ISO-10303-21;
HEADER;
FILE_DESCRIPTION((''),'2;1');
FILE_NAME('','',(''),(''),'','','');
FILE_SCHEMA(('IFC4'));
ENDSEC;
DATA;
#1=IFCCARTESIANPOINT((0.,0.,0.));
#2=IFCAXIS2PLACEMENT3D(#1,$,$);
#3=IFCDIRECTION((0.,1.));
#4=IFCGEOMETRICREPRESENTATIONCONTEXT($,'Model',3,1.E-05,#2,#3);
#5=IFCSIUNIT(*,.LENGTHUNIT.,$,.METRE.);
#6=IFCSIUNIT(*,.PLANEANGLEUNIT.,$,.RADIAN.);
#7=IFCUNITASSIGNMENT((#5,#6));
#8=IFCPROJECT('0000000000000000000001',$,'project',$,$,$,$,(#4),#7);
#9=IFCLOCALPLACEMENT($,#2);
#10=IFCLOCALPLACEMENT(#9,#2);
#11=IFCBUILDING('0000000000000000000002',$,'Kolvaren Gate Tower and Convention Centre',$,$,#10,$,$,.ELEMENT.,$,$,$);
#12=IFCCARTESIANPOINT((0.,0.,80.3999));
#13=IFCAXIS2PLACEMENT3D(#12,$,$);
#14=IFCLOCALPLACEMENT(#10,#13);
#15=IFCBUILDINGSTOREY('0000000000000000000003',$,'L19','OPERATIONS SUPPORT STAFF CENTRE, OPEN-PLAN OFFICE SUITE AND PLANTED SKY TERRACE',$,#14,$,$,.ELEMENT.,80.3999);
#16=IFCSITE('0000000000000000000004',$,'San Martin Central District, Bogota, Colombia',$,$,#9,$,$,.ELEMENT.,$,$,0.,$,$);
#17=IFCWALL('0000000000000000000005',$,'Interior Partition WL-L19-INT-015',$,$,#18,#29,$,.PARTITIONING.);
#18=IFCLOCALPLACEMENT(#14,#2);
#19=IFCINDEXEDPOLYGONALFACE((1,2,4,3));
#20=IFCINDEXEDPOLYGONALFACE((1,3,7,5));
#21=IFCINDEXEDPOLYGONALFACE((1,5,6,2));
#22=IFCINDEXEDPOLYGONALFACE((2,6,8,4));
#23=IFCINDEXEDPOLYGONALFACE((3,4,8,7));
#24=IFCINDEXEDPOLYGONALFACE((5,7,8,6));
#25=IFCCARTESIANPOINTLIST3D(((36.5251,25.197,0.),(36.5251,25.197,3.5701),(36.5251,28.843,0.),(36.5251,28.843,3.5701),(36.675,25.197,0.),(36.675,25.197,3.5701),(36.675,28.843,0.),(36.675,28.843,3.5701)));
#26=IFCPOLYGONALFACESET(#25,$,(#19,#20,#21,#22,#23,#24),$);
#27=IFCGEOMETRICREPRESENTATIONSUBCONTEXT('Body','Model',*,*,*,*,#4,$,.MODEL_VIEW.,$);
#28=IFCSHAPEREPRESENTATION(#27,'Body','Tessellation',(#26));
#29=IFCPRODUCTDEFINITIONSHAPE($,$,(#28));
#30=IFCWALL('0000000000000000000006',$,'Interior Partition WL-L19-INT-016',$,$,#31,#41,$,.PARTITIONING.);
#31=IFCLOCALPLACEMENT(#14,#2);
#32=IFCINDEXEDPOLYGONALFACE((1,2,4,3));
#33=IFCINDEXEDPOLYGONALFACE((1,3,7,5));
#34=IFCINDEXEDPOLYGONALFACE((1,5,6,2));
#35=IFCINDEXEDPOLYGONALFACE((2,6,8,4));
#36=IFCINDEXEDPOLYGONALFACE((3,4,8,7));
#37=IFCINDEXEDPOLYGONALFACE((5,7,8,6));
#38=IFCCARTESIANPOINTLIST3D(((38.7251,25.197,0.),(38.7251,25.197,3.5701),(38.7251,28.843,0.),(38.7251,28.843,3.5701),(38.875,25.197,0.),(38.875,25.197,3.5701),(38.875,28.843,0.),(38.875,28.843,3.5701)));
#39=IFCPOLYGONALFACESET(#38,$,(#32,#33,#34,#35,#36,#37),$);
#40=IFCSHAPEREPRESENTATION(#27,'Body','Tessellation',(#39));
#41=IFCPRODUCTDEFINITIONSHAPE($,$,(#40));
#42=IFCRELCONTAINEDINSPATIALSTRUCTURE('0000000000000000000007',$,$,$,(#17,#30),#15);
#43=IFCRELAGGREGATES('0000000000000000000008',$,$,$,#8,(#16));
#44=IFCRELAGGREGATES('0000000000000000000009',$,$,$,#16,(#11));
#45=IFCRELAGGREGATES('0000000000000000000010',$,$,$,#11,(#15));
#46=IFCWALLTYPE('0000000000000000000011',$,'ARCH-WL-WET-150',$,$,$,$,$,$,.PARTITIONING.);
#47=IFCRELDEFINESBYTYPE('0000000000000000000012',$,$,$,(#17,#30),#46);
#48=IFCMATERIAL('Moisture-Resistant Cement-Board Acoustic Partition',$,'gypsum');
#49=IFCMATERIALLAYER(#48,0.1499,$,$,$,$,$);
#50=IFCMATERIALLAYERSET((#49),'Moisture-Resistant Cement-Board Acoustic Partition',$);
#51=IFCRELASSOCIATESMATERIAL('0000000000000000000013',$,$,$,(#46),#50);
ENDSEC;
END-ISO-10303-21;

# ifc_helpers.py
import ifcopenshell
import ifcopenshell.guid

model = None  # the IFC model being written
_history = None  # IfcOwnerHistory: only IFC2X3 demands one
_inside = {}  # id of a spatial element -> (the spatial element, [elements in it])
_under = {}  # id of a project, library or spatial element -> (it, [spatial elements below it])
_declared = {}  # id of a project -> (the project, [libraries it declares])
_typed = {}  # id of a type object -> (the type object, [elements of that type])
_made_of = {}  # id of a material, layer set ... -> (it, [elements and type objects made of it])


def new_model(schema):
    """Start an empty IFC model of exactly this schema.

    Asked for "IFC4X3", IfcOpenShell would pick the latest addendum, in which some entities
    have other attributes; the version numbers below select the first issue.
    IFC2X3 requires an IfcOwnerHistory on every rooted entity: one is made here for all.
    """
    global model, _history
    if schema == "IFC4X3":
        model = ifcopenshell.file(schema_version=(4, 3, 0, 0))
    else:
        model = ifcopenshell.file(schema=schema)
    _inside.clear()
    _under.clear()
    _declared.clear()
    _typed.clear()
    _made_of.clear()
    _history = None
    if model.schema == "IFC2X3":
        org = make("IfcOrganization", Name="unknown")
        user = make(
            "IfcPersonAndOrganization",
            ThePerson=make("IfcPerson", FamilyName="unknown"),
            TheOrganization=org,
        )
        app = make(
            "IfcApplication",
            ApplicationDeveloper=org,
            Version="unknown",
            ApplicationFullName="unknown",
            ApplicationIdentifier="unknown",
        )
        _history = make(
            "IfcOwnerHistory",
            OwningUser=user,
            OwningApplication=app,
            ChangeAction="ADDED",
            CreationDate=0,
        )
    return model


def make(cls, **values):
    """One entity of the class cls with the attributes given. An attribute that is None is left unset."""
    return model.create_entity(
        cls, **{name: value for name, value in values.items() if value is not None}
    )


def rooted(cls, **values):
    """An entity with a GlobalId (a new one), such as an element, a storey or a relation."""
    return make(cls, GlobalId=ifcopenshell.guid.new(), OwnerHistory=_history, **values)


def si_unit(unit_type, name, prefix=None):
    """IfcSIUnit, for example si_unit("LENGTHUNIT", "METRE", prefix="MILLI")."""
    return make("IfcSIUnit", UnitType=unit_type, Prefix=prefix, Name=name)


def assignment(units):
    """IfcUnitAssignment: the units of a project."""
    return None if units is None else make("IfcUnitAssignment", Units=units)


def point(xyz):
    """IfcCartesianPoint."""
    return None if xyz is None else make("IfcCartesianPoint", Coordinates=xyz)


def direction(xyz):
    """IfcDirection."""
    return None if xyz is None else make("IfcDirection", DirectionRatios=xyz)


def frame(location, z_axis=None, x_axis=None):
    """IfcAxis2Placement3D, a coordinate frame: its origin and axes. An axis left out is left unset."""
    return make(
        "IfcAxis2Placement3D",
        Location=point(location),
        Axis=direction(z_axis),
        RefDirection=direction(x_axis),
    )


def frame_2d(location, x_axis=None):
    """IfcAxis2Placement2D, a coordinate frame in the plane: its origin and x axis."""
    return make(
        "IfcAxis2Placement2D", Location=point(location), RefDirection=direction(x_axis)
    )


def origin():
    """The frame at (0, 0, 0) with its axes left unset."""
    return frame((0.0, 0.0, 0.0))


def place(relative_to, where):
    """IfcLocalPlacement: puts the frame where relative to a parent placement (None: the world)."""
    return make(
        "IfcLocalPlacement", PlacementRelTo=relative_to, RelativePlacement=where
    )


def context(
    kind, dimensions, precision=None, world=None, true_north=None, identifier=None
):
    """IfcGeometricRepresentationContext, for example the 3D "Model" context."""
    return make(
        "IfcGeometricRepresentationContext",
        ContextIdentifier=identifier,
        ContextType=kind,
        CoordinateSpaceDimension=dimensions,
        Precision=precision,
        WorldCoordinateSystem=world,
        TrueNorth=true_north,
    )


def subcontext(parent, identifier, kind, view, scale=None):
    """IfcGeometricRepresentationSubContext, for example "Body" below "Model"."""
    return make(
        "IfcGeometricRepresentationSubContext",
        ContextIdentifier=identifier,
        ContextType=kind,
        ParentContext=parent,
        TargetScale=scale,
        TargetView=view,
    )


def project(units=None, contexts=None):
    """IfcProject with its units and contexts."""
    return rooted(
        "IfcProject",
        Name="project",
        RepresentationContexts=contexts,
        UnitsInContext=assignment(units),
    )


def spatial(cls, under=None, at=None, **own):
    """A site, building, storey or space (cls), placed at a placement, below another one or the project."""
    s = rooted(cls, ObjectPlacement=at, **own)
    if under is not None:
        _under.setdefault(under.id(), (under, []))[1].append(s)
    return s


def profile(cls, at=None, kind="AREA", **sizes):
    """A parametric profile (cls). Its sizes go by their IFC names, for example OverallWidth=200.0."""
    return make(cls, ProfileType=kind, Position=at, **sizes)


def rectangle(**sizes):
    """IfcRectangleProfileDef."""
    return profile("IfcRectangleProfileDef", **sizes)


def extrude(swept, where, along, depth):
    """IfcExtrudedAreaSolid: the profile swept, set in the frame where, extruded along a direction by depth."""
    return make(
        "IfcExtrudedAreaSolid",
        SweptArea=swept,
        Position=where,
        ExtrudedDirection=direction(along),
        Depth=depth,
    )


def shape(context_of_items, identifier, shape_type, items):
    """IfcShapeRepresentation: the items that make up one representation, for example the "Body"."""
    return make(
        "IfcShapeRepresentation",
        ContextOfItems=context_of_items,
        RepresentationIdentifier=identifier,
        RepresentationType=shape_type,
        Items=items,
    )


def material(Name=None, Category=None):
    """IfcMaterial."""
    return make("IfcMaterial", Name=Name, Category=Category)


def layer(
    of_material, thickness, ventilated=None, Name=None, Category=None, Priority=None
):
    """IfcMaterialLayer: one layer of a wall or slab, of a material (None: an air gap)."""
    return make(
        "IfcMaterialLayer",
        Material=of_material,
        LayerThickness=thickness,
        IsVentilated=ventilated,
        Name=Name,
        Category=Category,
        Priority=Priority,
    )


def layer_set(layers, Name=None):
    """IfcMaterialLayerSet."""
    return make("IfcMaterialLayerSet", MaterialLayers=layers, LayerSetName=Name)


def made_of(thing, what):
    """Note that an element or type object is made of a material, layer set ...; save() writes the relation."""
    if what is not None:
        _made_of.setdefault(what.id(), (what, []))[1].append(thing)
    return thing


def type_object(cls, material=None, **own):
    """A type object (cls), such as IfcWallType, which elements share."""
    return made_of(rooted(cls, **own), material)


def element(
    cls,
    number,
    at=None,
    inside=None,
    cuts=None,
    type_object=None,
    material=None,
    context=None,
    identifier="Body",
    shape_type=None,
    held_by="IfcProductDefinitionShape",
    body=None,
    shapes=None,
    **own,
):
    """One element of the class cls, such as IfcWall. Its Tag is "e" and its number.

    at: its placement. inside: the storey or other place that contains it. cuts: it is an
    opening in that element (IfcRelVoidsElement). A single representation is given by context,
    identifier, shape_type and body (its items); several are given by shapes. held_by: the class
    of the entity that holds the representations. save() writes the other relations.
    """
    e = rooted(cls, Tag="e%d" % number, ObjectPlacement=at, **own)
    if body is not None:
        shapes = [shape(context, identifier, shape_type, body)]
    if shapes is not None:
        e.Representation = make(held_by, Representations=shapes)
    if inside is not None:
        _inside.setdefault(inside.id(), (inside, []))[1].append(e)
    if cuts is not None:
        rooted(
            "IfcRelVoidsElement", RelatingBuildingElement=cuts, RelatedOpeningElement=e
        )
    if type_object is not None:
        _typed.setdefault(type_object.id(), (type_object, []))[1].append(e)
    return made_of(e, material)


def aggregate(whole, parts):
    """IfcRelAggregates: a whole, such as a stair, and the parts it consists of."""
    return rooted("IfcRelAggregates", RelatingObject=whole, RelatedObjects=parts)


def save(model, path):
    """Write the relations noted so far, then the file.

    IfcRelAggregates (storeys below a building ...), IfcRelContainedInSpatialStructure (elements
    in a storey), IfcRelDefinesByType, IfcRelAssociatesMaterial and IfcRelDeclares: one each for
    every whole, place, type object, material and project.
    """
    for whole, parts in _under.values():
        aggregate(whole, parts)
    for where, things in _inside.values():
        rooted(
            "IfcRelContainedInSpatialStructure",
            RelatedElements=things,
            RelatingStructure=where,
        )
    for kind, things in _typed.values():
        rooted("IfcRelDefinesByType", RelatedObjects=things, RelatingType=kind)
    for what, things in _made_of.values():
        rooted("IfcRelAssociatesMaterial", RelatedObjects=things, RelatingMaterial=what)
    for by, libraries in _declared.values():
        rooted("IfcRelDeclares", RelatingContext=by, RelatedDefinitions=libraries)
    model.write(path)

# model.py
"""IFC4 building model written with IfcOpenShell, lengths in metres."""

from ifc_helpers import new_model, si_unit, direction, frame, frame_2d, origin, place, context, subcontext, project, spatial, rectangle, extrude, material, layer, layer_set, type_object, element, save


model = new_model("IFC4")

# Units and contexts
model_context = context("Model", 3, precision=1e-05, world=origin(), true_north=direction((0.0, 1.0)))
body_context = subcontext(model_context, "Body", "Model", "MODEL_VIEW")
ifc_project = project(units=[si_unit("LENGTHUNIT", "METRE"), si_unit("PLANEANGLEUNIT", "RADIAN")], contexts=[model_context])

# Site, building, storey
site_placement = place(None, origin())
site = spatial("IfcSite", under=ifc_project, at=site_placement, Name="San Martin Central District, Bogota, Colombia", CompositionType="ELEMENT", RefElevation=0.0)
building_placement = place(site_placement, origin())
building = spatial("IfcBuilding", under=site, at=building_placement, Name="Kolvaren Gate Tower and Convention Centre", CompositionType="ELEMENT")
storey_placement = place(building_placement, frame((0.0, 0.0, 80.3999)))
storey = spatial("IfcBuildingStorey", under=building, at=storey_placement, Name="L19", Description="OPERATIONS SUPPORT STAFF CENTRE, OPEN-PLAN OFFICE SUITE AND PLANTED SKY TERRACE", CompositionType="ELEMENT", Elevation=80.3999)

# Shared definitions
ifc_material_1 = material(Name="Moisture-Resistant Cement-Board Acoustic Partition", Category="gypsum")
ifc_layer_1 = layer(ifc_material_1, 0.1499)
ifc_layer_set_1 = layer_set([ifc_layer_1], Name="Moisture-Resistant Cement-Board Acoustic Partition")
wall_type_1 = type_object("IfcWallType", Name="ARCH-WL-WET-150", PredefinedType="PARTITIONING", material=ifc_layer_set_1)

# Walls
for number, where, z_axis, x_axis, name in (
    (1, (36.6001, 25.197, 0.0), (0.0, 0.0, 1.0), (0.0, 1.0, 0.0), "Interior Partition WL-L19-INT-015"),
    (2, (38.8, 25.197, 0.0), (0.0, 0.0, 1.0), (0.0, 1.0, 0.0), "Interior Partition WL-L19-INT-016"),
):
    element("IfcWall", number, at=place(storey_placement, frame(where, z_axis=z_axis, x_axis=x_axis)), inside=storey, type_object=wall_type_1, Name=name, PredefinedType="PARTITIONING", context=body_context, shape_type="SweptSolid", body=[
        extrude(rectangle(XDim=3.646, YDim=0.1499, at=frame_2d((1.823, 0.0))), origin(), (0.0, 0.0, 1.0), 3.5701),
    ])

save(model, "model.ifc")
